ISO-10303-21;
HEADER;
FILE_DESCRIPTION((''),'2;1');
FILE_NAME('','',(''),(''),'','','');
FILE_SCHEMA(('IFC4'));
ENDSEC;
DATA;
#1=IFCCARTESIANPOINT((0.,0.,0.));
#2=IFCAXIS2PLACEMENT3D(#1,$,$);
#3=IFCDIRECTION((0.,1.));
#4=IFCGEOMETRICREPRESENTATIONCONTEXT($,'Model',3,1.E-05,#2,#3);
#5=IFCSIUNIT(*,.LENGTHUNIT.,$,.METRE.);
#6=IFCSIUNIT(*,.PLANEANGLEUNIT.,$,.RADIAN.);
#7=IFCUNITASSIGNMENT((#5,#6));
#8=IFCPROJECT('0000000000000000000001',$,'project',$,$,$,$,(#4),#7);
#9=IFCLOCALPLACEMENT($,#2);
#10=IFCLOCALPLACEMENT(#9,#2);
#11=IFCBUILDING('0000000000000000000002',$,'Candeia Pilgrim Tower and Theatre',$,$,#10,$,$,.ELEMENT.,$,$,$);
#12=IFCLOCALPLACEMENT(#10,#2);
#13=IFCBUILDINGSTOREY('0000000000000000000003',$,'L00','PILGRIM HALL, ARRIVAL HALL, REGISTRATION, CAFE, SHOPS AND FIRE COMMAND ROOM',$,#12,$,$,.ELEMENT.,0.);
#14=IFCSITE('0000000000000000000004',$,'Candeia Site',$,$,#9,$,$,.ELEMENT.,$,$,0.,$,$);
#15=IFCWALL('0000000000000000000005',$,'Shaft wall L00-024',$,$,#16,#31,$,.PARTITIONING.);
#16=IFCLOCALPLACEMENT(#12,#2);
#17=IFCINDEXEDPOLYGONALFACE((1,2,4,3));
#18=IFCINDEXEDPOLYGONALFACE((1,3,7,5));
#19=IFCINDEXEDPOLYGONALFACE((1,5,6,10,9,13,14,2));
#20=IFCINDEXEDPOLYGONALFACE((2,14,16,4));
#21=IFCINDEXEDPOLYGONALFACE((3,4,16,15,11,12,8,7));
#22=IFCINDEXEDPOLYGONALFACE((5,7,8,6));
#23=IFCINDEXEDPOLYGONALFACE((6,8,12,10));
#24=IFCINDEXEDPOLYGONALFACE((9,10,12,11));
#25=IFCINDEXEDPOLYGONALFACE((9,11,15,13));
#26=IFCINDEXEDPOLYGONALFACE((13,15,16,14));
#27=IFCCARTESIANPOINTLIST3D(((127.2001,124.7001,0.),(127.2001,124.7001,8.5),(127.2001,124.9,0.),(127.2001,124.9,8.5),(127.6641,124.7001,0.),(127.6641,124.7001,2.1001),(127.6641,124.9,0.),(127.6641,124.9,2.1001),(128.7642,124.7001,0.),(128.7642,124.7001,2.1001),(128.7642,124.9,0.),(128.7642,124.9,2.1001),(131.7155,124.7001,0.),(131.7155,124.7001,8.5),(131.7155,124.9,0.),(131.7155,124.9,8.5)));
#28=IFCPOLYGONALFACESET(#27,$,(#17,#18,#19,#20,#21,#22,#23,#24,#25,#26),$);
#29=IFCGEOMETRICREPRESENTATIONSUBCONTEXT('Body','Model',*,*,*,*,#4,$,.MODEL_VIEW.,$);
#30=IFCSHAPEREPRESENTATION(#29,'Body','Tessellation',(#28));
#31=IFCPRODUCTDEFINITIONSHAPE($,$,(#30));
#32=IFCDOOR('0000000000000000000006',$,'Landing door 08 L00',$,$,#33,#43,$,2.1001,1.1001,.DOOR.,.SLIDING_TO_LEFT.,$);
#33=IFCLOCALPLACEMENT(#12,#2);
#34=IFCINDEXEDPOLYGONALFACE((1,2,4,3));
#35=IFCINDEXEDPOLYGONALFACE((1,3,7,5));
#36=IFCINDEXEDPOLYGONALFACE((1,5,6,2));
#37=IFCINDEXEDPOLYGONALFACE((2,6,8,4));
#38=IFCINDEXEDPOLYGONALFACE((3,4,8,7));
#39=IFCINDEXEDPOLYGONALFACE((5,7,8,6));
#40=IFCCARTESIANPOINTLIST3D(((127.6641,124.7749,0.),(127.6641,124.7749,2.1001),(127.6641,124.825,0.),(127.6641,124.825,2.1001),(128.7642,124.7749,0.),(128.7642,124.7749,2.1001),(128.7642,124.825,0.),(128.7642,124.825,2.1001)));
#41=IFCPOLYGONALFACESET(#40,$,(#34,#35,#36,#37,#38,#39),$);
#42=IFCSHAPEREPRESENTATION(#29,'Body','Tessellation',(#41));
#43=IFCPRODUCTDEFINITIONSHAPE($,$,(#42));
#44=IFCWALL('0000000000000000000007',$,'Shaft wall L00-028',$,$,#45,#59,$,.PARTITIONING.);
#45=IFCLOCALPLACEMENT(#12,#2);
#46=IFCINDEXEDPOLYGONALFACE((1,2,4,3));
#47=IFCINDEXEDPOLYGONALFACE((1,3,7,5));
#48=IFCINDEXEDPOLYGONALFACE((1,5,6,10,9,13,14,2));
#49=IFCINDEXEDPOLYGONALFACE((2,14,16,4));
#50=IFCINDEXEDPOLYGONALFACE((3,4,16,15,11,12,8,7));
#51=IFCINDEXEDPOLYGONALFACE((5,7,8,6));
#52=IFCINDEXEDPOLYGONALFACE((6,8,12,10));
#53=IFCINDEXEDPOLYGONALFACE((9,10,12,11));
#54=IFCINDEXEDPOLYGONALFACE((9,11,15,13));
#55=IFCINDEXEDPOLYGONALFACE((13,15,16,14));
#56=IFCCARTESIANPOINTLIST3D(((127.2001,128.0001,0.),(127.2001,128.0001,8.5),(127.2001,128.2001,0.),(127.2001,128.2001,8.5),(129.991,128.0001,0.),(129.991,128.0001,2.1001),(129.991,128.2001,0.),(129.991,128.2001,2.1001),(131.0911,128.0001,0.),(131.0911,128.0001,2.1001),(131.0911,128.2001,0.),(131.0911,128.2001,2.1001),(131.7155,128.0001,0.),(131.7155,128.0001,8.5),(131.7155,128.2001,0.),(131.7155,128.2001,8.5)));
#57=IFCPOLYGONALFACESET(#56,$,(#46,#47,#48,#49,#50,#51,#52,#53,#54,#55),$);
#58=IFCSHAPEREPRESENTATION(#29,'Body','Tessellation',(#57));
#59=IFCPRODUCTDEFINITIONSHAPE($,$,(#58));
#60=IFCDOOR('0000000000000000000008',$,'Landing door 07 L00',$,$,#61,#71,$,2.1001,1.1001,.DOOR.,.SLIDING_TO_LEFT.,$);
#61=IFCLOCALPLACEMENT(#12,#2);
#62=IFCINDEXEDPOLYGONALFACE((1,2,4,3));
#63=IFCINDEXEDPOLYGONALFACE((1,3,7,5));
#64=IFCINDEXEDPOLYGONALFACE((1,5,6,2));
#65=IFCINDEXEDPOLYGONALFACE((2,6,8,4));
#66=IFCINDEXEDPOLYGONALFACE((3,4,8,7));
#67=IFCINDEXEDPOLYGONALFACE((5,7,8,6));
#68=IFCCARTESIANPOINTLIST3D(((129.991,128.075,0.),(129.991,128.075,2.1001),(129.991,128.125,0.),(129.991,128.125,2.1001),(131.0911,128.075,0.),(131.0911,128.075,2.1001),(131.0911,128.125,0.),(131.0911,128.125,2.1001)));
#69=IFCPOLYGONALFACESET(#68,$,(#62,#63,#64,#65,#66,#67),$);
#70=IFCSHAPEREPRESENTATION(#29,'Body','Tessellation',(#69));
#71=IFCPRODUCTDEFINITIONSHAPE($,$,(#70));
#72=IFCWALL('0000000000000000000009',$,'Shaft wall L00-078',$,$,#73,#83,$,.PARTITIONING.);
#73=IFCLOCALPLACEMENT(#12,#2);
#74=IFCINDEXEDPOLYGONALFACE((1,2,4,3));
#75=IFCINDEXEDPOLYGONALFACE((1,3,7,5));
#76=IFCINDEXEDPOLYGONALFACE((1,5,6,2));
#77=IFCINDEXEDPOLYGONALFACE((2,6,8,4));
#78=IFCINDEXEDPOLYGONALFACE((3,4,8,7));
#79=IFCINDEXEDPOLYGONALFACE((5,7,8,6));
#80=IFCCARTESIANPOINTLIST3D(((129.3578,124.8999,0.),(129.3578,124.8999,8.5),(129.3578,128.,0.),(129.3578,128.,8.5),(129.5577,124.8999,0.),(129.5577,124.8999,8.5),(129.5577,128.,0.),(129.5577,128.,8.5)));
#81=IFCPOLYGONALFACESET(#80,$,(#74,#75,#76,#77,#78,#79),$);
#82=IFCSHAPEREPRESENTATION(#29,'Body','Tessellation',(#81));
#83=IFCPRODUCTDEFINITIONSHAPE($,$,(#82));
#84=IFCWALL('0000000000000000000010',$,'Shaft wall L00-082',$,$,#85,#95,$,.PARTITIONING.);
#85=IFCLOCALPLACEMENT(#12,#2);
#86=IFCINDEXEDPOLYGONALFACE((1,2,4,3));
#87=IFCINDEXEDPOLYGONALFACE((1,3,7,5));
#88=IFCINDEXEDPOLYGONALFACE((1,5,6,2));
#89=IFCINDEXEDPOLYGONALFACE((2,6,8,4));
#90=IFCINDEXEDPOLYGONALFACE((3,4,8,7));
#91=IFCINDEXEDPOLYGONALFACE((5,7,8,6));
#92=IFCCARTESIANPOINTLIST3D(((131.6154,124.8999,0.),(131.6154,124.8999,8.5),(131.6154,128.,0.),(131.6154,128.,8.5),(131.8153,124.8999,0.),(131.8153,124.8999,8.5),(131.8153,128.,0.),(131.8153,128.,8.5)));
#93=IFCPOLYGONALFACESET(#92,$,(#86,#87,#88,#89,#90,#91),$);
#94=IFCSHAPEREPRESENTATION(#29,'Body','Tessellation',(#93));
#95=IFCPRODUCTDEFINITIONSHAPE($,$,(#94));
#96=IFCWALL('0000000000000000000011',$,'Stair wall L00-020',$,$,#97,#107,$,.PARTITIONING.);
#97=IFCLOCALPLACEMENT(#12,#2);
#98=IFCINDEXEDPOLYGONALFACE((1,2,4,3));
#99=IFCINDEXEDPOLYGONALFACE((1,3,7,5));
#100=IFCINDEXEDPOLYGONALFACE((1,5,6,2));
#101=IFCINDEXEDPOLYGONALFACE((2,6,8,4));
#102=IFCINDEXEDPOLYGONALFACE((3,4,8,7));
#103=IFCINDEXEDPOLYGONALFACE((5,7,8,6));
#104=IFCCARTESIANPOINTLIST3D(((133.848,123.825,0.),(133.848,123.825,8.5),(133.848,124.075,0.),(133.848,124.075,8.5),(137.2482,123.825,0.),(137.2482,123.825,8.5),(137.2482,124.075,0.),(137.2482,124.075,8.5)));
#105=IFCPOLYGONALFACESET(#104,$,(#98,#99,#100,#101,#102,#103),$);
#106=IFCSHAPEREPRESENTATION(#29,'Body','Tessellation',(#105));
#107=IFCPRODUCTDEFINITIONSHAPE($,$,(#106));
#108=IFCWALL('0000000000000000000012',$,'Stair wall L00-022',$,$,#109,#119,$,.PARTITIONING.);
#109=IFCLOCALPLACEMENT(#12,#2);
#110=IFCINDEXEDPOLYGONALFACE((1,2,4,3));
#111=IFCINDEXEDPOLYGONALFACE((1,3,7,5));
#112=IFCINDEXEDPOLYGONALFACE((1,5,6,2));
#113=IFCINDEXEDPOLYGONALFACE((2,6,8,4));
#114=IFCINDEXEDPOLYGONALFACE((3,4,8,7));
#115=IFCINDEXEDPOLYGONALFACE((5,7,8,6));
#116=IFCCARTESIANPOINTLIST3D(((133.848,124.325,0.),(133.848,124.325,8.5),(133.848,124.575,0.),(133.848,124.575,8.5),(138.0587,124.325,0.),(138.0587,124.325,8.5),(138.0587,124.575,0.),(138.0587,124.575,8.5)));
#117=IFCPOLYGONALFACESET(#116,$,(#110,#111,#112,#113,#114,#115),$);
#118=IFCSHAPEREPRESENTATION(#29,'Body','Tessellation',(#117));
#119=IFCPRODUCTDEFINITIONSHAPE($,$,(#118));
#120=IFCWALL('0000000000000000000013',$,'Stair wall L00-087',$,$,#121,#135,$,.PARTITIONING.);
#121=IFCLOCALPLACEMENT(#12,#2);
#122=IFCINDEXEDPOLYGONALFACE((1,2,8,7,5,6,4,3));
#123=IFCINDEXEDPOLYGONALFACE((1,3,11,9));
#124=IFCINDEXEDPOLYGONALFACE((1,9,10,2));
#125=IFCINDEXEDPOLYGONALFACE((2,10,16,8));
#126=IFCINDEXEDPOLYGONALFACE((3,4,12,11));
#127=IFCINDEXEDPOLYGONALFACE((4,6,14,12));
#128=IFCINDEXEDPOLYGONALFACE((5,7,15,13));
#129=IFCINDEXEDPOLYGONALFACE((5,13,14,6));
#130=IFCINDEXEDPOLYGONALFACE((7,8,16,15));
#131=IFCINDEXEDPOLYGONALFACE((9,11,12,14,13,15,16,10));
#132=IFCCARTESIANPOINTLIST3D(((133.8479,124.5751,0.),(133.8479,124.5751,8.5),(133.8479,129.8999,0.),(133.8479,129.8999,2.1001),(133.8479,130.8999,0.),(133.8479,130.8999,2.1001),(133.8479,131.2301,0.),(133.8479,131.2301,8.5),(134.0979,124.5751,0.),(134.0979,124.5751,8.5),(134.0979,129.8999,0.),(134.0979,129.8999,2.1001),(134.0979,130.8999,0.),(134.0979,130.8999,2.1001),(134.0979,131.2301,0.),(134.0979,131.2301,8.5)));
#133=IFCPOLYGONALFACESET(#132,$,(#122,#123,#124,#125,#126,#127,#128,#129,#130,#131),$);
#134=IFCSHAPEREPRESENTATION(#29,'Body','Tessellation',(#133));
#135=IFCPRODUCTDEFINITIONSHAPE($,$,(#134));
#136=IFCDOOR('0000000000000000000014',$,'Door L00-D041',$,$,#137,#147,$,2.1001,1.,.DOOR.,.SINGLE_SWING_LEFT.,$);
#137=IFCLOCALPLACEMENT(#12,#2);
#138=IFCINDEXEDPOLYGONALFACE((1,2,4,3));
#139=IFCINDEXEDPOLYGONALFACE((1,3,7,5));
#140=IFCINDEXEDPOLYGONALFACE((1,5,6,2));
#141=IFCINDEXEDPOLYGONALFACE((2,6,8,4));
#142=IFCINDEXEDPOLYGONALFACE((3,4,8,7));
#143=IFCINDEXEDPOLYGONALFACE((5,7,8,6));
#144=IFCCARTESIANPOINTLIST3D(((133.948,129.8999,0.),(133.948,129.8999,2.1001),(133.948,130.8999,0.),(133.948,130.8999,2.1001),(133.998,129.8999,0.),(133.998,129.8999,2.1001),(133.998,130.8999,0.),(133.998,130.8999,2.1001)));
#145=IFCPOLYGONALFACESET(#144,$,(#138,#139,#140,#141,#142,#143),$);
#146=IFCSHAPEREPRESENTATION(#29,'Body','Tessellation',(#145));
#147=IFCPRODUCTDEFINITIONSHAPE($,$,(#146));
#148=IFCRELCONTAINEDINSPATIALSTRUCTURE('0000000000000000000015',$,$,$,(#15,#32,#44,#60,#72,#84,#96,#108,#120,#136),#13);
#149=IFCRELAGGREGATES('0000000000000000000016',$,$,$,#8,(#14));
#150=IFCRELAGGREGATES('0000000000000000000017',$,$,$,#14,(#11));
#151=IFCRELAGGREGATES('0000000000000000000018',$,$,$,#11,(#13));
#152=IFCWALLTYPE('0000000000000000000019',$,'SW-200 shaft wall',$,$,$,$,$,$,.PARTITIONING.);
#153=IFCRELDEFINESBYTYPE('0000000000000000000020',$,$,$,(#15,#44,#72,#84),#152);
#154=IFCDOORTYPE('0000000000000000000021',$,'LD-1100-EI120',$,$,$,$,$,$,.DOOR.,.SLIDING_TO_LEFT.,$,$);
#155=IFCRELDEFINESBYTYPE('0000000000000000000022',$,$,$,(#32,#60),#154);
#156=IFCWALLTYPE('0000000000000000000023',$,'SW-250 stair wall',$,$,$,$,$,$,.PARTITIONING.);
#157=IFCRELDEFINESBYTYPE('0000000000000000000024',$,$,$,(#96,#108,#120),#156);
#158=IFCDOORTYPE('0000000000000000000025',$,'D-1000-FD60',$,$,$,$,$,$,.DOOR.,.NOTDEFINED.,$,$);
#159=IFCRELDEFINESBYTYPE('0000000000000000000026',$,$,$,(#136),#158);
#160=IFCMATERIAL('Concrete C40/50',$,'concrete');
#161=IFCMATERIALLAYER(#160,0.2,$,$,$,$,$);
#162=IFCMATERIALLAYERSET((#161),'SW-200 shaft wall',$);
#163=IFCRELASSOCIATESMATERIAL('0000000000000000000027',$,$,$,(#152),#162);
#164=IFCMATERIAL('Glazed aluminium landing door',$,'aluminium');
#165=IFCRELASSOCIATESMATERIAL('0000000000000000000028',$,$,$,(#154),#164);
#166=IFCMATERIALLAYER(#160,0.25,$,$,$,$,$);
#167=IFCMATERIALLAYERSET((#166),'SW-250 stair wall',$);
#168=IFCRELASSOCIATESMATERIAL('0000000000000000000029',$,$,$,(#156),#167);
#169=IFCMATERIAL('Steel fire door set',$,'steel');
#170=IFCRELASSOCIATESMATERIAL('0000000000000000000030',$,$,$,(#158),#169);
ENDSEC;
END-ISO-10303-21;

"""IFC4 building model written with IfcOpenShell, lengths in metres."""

from ifc_helpers import new_model, si_unit, direction, frame, frame_2d, origin, place, context, subcontext, project, spatial, rectangle, extrude, material, layer, layer_set, type_object, element, fill, save


model = new_model("IFC4")

# Units and contexts
model_context = context("Model", 3, precision=1e-05, world=origin(), true_north=direction((0.0, 1.0)))
body_context = subcontext(model_context, "Body", "Model", "MODEL_VIEW")
ifc_project = project(units=[si_unit("LENGTHUNIT", "METRE"), si_unit("PLANEANGLEUNIT", "RADIAN")], contexts=[model_context])

# Site, building, storey
site_placement = place(None, origin())
site = spatial("IfcSite", under=ifc_project, at=site_placement, Name="Candeia Site", CompositionType="ELEMENT", RefElevation=0.0)
building_placement = place(site_placement, origin())
building = spatial("IfcBuilding", under=site, at=building_placement, Name="Candeia Pilgrim Tower and Theatre", CompositionType="ELEMENT")
storey_placement = place(building_placement, origin())
storey = spatial("IfcBuildingStorey", under=building, at=storey_placement, Name="L00", Description="PILGRIM HALL, ARRIVAL HALL, REGISTRATION, CAFE, SHOPS AND FIRE COMMAND ROOM", CompositionType="ELEMENT", Elevation=0.0)

# Shared definitions
ifc_material_1 = material(Name="Concrete C40/50", Category="concrete")

# Shared definitions
ifc_material_2 = material(Name="Steel fire door set", Category="steel")

# Walls, openings, doors
ifc_layer_1 = layer(ifc_material_1, 0.2)
ifc_layer_set_1 = layer_set([ifc_layer_1], Name="SW-200 shaft wall")
wall_type_1 = type_object("IfcWallType", Name="SW-200 shaft wall", PredefinedType="PARTITIONING", material=ifc_layer_set_1)
wall_1_placement = place(storey_placement, frame((127.2, 124.8, 0.0), z_axis=(0.0, 0.0, 1.0), x_axis=(1.0, 0.0, 0.0)))
wall_1 = element("IfcWall", 1, at=wall_1_placement, inside=storey, type_object=wall_type_1, Name="Shaft wall L00-024", PredefinedType="PARTITIONING", context=body_context, shape_type="SweptSolid", body=[
    extrude(rectangle(XDim=4.5154, YDim=0.2, at=frame_2d((2.2578, 0.0))), origin(), (0.0, 0.0, 1.0), 8.5),
])
opening_1_placement = place(wall_1_placement, frame((0.4641, 0.0, 0.0)))
opening_1 = element("IfcOpeningElement", 2, at=opening_1_placement, cuts=wall_1, PredefinedType="OPENING", context=body_context, shape_type="SweptSolid", body=[
    extrude(rectangle(XDim=1.1001, YDim=2.1001, at=frame_2d((0.55, 1.05))), frame((0.0, 0.1099, 0.0), z_axis=(0.0, -1.0, 0.0), x_axis=(1.0, 0.0, 0.0)), (0.0, 0.0, 1.0), 0.22),
])
ifc_material_3 = material(Name="Glazed aluminium landing door", Category="aluminium")
door_type_1 = type_object("IfcDoorType", Name="LD-1100-EI120", OperationType="SLIDING_TO_LEFT", PredefinedType="DOOR", material=ifc_material_3)
door_1_placement = place(opening_1_placement, origin())
door_1 = element("IfcDoor", 3, at=door_1_placement, inside=storey, type_object=door_type_1, Name="Landing door 08 L00", OperationType="SLIDING_TO_LEFT", OverallHeight=2.1001, OverallWidth=1.1001, PredefinedType="DOOR", context=body_context, shape_type="SweptSolid", body=[
    extrude(rectangle(XDim=1.1001, YDim=2.1001, at=frame_2d((0.55, 1.05))), frame((0.0, 0.0249, 0.0), z_axis=(0.0, -1.0, 0.0), x_axis=(1.0, 0.0, 0.0)), (0.0, 0.0, 1.0), 0.05),
])
fill(opening_1, door_1)
wall_2_placement = place(storey_placement, frame((127.2, 128.1001, 0.0), z_axis=(0.0, 0.0, 1.0), x_axis=(1.0, 0.0, 0.0)))
wall_2 = element("IfcWall", 4, at=wall_2_placement, inside=storey, type_object=wall_type_1, Name="Shaft wall L00-028", PredefinedType="PARTITIONING", context=body_context, shape_type="SweptSolid", body=[
    extrude(rectangle(XDim=4.5154, YDim=0.2, at=frame_2d((2.2578, 0.0))), origin(), (0.0, 0.0, 1.0), 8.5),
])
opening_2_placement = place(wall_2_placement, frame((2.791, 0.0, 0.0)))
opening_2 = element("IfcOpeningElement", 5, at=opening_2_placement, cuts=wall_2, PredefinedType="OPENING", context=body_context, shape_type="SweptSolid", body=[
    extrude(rectangle(XDim=1.1001, YDim=2.1001, at=frame_2d((0.55, 1.05))), frame((0.0, 0.1099, 0.0), z_axis=(0.0, -1.0, 0.0), x_axis=(1.0, 0.0, 0.0)), (0.0, 0.0, 1.0), 0.22),
])
door_2_placement = place(opening_2_placement, origin())
door_2 = element("IfcDoor", 6, at=door_2_placement, inside=storey, type_object=door_type_1, Name="Landing door 07 L00", OperationType="SLIDING_TO_LEFT", OverallHeight=2.1001, OverallWidth=1.1001, PredefinedType="DOOR", context=body_context, shape_type="SweptSolid", body=[
    extrude(rectangle(XDim=1.1001, YDim=2.1001, at=frame_2d((0.55, 1.05))), frame((0.0, 0.0249, 0.0), z_axis=(0.0, -1.0, 0.0), x_axis=(1.0, 0.0, 0.0)), (0.0, 0.0, 1.0), 0.05),
])
fill(opening_2, door_2)

# Walls
for number, where, z_axis, x_axis, name in (
    (7, (129.4578, 124.8999, 0.0), (0.0, 0.0, 1.0), (0.0, 1.0, 0.0), "Shaft wall L00-078"),
    (8, (131.7153, 124.8999, 0.0), (0.0, 0.0, 1.0), (0.0, 1.0, 0.0), "Shaft wall L00-082"),
):
    element("IfcWall", number, at=place(storey_placement, frame(where, z_axis=z_axis, x_axis=x_axis)), inside=storey, type_object=wall_type_1, Name=name, PredefinedType="PARTITIONING", context=body_context, shape_type="SweptSolid", body=[
        extrude(rectangle(XDim=3.1001, YDim=0.2, at=frame_2d((1.55, 0.0))), origin(), (0.0, 0.0, 1.0), 8.5),
    ])
ifc_layer_2 = layer(ifc_material_1, 0.25)
ifc_layer_set_2 = layer_set([ifc_layer_2], Name="SW-250 stair wall")
wall_type_2 = type_object("IfcWallType", Name="SW-250 stair wall", PredefinedType="PARTITIONING", material=ifc_layer_set_2)
wall_3_placement = place(storey_placement, frame((133.8479, 123.95, 0.0), z_axis=(0.0, 0.0, 1.0), x_axis=(1.0, 0.0, 0.0)))
element("IfcWall", 9, at=wall_3_placement, inside=storey, type_object=wall_type_2, Name="Stair wall L00-020", PredefinedType="PARTITIONING", context=body_context, shape_type="SweptSolid", body=[
    extrude(rectangle(XDim=3.4001, YDim=0.25, at=frame_2d((1.7002, 0.0))), origin(), (0.0, 0.0, 1.0), 8.5),
])
wall_4_placement = place(storey_placement, frame((133.8479, 124.45, 0.0), z_axis=(0.0, 0.0, 1.0), x_axis=(1.0, 0.0, 0.0)))
element("IfcWall", 10, at=wall_4_placement, inside=storey, type_object=wall_type_2, Name="Stair wall L00-022", PredefinedType="PARTITIONING", context=body_context, shape_type="SweptSolid", body=[
    extrude(rectangle(XDim=4.2107, YDim=0.25, at=frame_2d((2.1055, 0.0))), origin(), (0.0, 0.0, 1.0), 8.5),
])

# Wall, opening, door
wall_5_placement = place(storey_placement, frame((133.9729, 124.575, 0.0), z_axis=(0.0, 0.0, 1.0), x_axis=(0.0, 1.0, 0.0)))
wall_5 = element("IfcWall", 11, at=wall_5_placement, inside=storey, type_object=wall_type_2, Name="Stair wall L00-087", PredefinedType="PARTITIONING", context=body_context, shape_type="SweptSolid", body=[
    extrude(rectangle(XDim=6.655, YDim=0.25, at=frame_2d((3.3276, 0.0))), origin(), (0.0, 0.0, 1.0), 8.5),
])
opening_3_placement = place(wall_5_placement, frame((5.325, 0.0, 0.0)))
opening_3 = element("IfcOpeningElement", 12, at=opening_3_placement, cuts=wall_5, PredefinedType="OPENING", context=body_context, shape_type="SweptSolid", body=[
    extrude(rectangle(XDim=1.0, YDim=2.1001, at=frame_2d((0.5, 1.05))), frame((0.0, 0.135, 0.0), z_axis=(0.0, -1.0, 0.0), x_axis=(1.0, 0.0, 0.0)), (0.0, 0.0, 1.0), 0.27),
])
door_type_2 = type_object("IfcDoorType", Name="D-1000-FD60", OperationType="NOTDEFINED", PredefinedType="DOOR", material=ifc_material_2)
door_3_placement = place(opening_3_placement, origin())
door_3 = element("IfcDoor", 13, at=door_3_placement, inside=storey, type_object=door_type_2, Name="Door L00-D041", OperationType="SINGLE_SWING_LEFT", OverallHeight=2.1001, OverallWidth=1.0, PredefinedType="DOOR", context=body_context, shape_type="SweptSolid", body=[
    extrude(rectangle(XDim=1.0, YDim=2.1001, at=frame_2d((0.5, 1.05))), frame((0.0, 0.0249, 0.0), z_axis=(0.0, -1.0, 0.0), x_axis=(1.0, 0.0, 0.0)), (0.0, 0.0, 1.0), 0.05),
])
fill(opening_3, door_3)

save(model, "model.ifc")
